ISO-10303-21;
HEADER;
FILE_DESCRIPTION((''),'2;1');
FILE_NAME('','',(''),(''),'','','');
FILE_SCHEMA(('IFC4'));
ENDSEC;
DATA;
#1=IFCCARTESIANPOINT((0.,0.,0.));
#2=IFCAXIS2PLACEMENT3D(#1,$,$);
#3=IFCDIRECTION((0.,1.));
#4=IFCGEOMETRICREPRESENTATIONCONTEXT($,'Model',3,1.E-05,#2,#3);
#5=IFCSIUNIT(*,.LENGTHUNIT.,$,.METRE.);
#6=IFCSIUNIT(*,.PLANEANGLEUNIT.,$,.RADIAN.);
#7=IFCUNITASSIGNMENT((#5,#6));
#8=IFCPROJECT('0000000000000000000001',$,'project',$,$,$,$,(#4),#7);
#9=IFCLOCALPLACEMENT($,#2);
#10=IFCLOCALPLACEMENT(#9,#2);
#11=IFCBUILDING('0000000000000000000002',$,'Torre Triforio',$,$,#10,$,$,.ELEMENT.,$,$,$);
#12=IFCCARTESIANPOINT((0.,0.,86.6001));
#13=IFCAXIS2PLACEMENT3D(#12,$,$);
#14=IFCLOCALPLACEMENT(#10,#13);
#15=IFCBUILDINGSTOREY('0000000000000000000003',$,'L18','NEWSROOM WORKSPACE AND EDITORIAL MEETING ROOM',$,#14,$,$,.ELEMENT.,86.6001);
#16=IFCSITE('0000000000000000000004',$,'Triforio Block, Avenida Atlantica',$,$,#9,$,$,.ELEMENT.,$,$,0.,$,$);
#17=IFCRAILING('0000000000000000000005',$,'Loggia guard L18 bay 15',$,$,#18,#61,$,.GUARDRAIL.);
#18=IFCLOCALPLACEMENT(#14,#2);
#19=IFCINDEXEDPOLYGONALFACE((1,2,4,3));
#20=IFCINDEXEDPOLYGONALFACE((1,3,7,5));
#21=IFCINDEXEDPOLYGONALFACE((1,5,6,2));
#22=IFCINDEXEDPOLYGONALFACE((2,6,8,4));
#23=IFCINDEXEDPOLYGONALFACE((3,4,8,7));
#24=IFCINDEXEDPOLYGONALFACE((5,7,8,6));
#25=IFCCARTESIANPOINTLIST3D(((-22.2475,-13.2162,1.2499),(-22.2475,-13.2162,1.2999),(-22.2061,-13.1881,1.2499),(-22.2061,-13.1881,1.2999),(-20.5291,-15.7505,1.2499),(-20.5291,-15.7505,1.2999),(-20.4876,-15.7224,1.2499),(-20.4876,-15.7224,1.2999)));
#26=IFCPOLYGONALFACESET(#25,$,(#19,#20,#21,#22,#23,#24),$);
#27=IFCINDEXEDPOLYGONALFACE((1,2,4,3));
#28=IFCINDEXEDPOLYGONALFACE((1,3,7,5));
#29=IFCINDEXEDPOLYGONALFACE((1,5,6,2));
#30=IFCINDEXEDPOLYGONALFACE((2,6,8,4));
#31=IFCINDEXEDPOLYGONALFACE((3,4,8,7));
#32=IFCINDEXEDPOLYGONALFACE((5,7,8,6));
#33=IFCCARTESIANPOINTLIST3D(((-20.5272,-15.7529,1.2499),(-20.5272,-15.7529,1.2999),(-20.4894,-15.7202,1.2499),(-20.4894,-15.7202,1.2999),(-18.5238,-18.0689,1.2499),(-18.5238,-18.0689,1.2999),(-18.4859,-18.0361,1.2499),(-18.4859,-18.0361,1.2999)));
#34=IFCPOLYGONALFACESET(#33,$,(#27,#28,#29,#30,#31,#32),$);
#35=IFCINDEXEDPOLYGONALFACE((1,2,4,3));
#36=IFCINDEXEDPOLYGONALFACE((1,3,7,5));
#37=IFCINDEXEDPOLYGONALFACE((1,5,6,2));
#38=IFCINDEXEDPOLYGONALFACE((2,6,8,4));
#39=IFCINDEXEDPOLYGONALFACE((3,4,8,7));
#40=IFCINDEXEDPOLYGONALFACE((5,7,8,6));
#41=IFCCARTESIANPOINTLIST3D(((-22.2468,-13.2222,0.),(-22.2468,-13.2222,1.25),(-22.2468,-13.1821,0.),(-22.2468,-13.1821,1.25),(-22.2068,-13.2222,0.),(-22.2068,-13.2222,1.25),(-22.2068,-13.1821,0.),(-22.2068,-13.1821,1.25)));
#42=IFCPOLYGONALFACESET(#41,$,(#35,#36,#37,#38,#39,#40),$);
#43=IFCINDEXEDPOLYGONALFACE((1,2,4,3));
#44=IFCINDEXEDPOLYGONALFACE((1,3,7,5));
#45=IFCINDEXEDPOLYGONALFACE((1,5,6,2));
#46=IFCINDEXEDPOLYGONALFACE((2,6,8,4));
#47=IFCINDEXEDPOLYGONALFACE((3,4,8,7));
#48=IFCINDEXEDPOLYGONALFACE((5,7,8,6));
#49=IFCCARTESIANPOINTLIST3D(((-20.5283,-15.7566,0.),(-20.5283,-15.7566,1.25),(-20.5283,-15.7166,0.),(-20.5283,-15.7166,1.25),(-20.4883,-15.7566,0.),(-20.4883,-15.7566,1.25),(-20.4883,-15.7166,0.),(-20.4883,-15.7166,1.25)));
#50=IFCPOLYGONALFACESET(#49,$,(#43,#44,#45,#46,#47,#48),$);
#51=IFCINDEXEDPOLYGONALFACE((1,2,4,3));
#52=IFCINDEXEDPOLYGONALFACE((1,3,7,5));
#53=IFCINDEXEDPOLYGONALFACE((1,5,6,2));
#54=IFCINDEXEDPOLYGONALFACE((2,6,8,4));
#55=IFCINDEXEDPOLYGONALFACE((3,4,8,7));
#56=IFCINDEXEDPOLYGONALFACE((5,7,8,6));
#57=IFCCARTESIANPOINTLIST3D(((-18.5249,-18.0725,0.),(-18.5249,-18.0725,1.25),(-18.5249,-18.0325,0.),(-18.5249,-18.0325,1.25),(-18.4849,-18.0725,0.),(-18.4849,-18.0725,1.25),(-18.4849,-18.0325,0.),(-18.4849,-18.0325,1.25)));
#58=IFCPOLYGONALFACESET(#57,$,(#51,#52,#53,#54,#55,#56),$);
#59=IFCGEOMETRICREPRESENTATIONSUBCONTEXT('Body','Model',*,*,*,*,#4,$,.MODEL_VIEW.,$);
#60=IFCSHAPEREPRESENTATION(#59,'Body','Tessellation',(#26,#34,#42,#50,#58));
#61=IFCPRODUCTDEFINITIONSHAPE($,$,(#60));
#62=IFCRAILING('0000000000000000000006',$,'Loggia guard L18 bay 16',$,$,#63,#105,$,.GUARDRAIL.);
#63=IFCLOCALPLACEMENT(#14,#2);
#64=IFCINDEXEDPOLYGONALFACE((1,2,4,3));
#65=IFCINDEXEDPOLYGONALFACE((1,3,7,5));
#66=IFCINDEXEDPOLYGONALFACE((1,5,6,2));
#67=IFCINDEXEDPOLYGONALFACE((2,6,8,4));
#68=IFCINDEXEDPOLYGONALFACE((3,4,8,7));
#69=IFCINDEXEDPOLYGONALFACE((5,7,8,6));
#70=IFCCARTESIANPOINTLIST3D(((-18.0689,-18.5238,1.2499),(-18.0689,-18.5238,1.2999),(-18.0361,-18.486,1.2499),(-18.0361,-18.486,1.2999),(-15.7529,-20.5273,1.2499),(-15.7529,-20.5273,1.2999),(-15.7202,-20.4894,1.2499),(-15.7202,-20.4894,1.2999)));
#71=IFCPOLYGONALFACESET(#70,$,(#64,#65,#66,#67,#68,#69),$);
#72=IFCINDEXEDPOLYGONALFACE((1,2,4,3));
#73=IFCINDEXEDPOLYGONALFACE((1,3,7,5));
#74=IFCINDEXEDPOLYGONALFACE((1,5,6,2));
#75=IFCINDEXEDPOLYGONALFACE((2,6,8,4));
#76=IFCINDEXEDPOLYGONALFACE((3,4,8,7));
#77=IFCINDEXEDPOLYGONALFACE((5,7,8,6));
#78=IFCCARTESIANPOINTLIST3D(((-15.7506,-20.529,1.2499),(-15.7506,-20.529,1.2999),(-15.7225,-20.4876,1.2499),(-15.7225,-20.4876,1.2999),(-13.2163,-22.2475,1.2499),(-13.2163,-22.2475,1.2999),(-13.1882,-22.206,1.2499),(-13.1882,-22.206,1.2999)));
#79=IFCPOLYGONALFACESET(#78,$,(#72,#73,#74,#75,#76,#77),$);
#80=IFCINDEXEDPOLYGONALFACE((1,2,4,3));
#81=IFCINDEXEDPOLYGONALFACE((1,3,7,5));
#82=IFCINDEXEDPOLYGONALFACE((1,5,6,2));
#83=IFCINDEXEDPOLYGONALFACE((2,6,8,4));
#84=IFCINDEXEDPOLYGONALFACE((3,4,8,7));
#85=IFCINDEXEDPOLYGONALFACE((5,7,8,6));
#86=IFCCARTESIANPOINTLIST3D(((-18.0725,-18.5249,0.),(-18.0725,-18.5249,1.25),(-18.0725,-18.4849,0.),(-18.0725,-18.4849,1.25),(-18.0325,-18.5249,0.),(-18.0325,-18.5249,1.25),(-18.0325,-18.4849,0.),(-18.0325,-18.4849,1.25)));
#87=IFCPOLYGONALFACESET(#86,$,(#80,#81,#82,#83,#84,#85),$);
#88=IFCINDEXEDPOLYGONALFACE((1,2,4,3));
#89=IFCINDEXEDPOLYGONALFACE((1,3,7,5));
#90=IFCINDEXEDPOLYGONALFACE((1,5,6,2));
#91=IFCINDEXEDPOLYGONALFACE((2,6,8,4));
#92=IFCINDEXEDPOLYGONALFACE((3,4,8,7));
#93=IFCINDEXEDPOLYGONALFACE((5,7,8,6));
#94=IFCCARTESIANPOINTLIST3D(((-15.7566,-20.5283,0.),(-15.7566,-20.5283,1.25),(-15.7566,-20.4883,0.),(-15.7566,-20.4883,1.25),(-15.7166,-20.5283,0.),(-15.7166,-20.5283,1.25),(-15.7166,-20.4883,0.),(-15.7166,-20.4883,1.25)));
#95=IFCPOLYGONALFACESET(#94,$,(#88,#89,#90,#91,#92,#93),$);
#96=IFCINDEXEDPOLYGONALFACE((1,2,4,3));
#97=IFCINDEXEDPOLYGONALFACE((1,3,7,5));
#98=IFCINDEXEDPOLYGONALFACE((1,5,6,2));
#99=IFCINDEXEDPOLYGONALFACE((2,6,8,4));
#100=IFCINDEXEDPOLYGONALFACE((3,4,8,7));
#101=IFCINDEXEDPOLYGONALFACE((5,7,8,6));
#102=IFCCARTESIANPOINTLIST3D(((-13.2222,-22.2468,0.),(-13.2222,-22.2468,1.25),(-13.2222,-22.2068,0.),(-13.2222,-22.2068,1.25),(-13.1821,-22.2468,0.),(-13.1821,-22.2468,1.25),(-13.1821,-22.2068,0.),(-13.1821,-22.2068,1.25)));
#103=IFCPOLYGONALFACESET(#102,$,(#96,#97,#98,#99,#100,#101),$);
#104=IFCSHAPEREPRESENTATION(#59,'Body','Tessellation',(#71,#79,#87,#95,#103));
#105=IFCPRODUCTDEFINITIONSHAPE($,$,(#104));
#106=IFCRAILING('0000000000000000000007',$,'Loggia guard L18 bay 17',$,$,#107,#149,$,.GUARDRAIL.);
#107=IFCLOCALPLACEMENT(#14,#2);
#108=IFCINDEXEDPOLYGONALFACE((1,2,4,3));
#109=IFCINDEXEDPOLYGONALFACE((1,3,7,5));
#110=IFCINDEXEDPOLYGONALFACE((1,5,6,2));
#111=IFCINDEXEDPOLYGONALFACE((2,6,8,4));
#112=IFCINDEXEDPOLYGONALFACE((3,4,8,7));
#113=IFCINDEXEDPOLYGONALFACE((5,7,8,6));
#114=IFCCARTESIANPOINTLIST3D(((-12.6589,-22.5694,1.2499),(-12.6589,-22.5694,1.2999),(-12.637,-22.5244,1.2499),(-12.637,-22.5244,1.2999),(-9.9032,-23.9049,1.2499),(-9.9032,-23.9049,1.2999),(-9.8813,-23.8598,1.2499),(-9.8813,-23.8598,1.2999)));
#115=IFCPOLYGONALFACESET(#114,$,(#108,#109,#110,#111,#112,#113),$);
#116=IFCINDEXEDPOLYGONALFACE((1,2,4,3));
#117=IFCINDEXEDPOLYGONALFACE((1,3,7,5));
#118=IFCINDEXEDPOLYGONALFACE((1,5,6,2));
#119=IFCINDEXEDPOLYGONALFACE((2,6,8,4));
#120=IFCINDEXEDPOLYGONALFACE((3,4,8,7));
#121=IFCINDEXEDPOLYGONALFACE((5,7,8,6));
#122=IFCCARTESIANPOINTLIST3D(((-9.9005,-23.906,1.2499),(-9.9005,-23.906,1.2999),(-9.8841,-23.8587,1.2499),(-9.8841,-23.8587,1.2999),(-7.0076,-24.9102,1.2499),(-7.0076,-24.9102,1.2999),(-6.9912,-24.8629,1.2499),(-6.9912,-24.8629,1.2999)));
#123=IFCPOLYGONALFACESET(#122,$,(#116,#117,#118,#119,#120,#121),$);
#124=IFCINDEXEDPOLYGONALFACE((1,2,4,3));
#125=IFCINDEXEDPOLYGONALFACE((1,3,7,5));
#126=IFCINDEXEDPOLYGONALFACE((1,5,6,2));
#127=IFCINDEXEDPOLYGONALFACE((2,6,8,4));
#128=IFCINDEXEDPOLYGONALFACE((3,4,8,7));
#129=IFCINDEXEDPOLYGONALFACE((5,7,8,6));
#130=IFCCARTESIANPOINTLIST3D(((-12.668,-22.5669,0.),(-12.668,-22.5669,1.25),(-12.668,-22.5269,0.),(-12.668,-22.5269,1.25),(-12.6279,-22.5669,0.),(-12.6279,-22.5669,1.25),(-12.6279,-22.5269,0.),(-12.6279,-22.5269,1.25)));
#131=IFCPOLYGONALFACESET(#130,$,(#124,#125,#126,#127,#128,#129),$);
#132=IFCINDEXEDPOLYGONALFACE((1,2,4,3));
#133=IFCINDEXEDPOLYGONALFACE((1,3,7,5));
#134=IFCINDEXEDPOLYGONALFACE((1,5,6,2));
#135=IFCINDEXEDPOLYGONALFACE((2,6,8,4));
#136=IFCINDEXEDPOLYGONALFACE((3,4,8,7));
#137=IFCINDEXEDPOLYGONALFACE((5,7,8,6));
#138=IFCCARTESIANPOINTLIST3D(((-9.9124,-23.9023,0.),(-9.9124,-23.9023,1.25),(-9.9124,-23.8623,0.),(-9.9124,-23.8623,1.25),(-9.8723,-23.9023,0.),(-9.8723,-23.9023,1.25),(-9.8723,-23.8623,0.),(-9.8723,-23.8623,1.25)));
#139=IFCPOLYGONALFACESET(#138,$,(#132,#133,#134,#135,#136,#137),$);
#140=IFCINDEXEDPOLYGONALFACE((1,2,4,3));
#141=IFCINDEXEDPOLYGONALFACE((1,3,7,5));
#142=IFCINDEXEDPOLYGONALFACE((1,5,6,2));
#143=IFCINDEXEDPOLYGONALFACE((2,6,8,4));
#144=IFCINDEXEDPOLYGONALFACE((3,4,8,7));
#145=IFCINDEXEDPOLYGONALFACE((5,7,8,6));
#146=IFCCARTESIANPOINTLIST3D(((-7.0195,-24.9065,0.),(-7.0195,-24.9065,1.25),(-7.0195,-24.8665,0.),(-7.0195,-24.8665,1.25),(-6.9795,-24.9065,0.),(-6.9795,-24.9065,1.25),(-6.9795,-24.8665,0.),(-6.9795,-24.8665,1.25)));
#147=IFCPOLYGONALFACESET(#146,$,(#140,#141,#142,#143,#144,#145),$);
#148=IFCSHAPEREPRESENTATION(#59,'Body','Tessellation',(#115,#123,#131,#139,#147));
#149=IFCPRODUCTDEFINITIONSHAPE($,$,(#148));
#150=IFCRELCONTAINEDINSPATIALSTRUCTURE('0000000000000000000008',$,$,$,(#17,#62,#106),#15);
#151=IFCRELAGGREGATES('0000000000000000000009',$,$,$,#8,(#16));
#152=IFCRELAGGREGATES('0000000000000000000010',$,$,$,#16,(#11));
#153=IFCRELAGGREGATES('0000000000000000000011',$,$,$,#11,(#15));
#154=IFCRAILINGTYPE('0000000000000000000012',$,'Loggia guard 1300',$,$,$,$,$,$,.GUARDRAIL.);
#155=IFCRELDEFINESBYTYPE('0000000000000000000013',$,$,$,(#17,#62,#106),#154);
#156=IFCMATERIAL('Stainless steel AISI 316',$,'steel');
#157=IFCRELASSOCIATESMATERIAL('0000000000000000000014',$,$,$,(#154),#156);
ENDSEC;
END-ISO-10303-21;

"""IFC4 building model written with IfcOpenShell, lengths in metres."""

from ifc_helpers import new_model, si_unit, direction, frame, origin, origin_2d, place, context, subcontext, project, spatial, rectangle, extrude, material, type_object, element, save


model = new_model("IFC4")

# Units and contexts
model_context = context("Model", 3, precision=1e-05, world=origin(), true_north=direction((0.0, 1.0)))
body_context = subcontext(model_context, "Body", "Model", "MODEL_VIEW")
ifc_project = project(units=[si_unit("LENGTHUNIT", "METRE"), si_unit("PLANEANGLEUNIT", "RADIAN")], contexts=[model_context])

# Site, building, storey
site_placement = place(None, origin())
site = spatial("IfcSite", under=ifc_project, at=site_placement, Name="Triforio Block, Avenida Atlantica", CompositionType="ELEMENT", RefElevation=0.0)
building_placement = place(site_placement, origin())
building = spatial("IfcBuilding", under=site, at=building_placement, Name="Torre Triforio", CompositionType="ELEMENT")
storey_placement = place(building_placement, frame((0.0, 0.0, 86.6001)))
storey = spatial("IfcBuildingStorey", under=building, at=storey_placement, Name="L18", Description="NEWSROOM WORKSPACE AND EDITORIAL MEETING ROOM", CompositionType="ELEMENT", Elevation=86.6001)

# Railings
ifc_material_1 = material(Name="Stainless steel AISI 316", Category="steel")
railing_type = type_object("IfcRailingType", Name="Loggia guard 1300", PredefinedType="GUARDRAIL", material=ifc_material_1)
railing_1_placement = place(storey_placement, frame((-22.2268, -13.2021, 0.0)))
element("IfcRailing", 1, at=railing_1_placement, inside=storey, type_object=railing_type, Name="Loggia guard L18 bay 15", PredefinedType="GUARDRAIL", context=body_context, shape_type="SweptSolid", body=[
    extrude(rectangle(XDim=0.05, YDim=0.05, at=origin_2d()), frame((0.0, 0.0, 1.2749), z_axis=(0.561215, -0.82767, 0.0), x_axis=(0.82767, 0.561215, 0.0)), (0.0, 0.0, 1.0), 3.062),
    extrude(rectangle(XDim=0.05, YDim=0.05, at=origin_2d()), frame((1.7185, -2.5344, 1.2749), z_axis=(0.654238, -0.756289, 0.0), x_axis=(0.756289, 0.654238, 0.0)), (0.0, 0.0, 1.0), 3.0623),
    extrude(rectangle(XDim=0.04, YDim=0.04, at=origin_2d()), origin(), (0.0, 0.0, 1.0), 1.25),
    extrude(rectangle(XDim=0.04, YDim=0.04, at=origin_2d()), frame((1.7185, -2.5344, 0.0)), (0.0, 0.0, 1.0), 1.25),
    extrude(rectangle(XDim=0.04, YDim=0.04, at=origin_2d()), frame((3.7219, -4.8503, 0.0)), (0.0, 0.0, 1.0), 1.25),
])
railing_2_placement = place(storey_placement, frame((-18.0525, -18.5049, 0.0)))
element("IfcRailing", 2, at=railing_2_placement, inside=storey, type_object=railing_type, Name="Loggia guard L18 bay 16", PredefinedType="GUARDRAIL", context=body_context, shape_type="SweptSolid", body=[
    extrude(rectangle(XDim=0.05, YDim=0.05, at=origin_2d()), frame((0.0, 0.0, 1.2749), z_axis=(0.756289, -0.654238, 0.0), x_axis=(0.654238, 0.756289, 0.0)), (0.0, 0.0, 1.0), 3.0623),
    extrude(rectangle(XDim=0.05, YDim=0.05, at=origin_2d()), frame((2.3159, -2.0034, 1.2749), z_axis=(0.82767, -0.561215, 0.0), x_axis=(0.561215, 0.82767, 0.0)), (0.0, 0.0, 1.0), 3.062),
    extrude(rectangle(XDim=0.04, YDim=0.04, at=origin_2d()), origin(), (0.0, 0.0, 1.0), 1.25),
    extrude(rectangle(XDim=0.04, YDim=0.04, at=origin_2d()), frame((2.3159, -2.0034, 0.0)), (0.0, 0.0, 1.0), 1.25),
    extrude(rectangle(XDim=0.04, YDim=0.04, at=origin_2d()), frame((4.8503, -3.7219, 0.0)), (0.0, 0.0, 1.0), 1.25),
])
railing_3_placement = place(storey_placement, frame((-12.6479, -22.5469, 0.0)))
element("IfcRailing", 3, at=railing_3_placement, inside=storey, type_object=railing_type, Name="Loggia guard L18 bay 17", PredefinedType="GUARDRAIL", context=body_context, shape_type="SweptSolid", body=[
    extrude(rectangle(XDim=0.05, YDim=0.05, at=origin_2d()), frame((0.0, 0.0, 1.2749), z_axis=(0.899892, -0.436113, 0.0), x_axis=(0.436113, 0.899892, 0.0)), (0.0, 0.0, 1.0), 3.0623),
    extrude(rectangle(XDim=0.05, YDim=0.05, at=origin_2d()), frame((2.7556, -1.3354, 1.2749), z_axis=(0.944704, -0.327924, 0.0), x_axis=(0.327924, 0.944704, 0.0)), (0.0, 0.0, 1.0), 3.0623),
    extrude(rectangle(XDim=0.04, YDim=0.04, at=origin_2d()), origin(), (0.0, 0.0, 1.0), 1.25),
    extrude(rectangle(XDim=0.04, YDim=0.04, at=origin_2d()), frame((2.7556, -1.3354, 0.0)), (0.0, 0.0, 1.0), 1.25),
    extrude(rectangle(XDim=0.04, YDim=0.04, at=origin_2d()), frame((5.6484, -2.3396, 0.0)), (0.0, 0.0, 1.0), 1.25),
])

save(model, "model.ifc")
